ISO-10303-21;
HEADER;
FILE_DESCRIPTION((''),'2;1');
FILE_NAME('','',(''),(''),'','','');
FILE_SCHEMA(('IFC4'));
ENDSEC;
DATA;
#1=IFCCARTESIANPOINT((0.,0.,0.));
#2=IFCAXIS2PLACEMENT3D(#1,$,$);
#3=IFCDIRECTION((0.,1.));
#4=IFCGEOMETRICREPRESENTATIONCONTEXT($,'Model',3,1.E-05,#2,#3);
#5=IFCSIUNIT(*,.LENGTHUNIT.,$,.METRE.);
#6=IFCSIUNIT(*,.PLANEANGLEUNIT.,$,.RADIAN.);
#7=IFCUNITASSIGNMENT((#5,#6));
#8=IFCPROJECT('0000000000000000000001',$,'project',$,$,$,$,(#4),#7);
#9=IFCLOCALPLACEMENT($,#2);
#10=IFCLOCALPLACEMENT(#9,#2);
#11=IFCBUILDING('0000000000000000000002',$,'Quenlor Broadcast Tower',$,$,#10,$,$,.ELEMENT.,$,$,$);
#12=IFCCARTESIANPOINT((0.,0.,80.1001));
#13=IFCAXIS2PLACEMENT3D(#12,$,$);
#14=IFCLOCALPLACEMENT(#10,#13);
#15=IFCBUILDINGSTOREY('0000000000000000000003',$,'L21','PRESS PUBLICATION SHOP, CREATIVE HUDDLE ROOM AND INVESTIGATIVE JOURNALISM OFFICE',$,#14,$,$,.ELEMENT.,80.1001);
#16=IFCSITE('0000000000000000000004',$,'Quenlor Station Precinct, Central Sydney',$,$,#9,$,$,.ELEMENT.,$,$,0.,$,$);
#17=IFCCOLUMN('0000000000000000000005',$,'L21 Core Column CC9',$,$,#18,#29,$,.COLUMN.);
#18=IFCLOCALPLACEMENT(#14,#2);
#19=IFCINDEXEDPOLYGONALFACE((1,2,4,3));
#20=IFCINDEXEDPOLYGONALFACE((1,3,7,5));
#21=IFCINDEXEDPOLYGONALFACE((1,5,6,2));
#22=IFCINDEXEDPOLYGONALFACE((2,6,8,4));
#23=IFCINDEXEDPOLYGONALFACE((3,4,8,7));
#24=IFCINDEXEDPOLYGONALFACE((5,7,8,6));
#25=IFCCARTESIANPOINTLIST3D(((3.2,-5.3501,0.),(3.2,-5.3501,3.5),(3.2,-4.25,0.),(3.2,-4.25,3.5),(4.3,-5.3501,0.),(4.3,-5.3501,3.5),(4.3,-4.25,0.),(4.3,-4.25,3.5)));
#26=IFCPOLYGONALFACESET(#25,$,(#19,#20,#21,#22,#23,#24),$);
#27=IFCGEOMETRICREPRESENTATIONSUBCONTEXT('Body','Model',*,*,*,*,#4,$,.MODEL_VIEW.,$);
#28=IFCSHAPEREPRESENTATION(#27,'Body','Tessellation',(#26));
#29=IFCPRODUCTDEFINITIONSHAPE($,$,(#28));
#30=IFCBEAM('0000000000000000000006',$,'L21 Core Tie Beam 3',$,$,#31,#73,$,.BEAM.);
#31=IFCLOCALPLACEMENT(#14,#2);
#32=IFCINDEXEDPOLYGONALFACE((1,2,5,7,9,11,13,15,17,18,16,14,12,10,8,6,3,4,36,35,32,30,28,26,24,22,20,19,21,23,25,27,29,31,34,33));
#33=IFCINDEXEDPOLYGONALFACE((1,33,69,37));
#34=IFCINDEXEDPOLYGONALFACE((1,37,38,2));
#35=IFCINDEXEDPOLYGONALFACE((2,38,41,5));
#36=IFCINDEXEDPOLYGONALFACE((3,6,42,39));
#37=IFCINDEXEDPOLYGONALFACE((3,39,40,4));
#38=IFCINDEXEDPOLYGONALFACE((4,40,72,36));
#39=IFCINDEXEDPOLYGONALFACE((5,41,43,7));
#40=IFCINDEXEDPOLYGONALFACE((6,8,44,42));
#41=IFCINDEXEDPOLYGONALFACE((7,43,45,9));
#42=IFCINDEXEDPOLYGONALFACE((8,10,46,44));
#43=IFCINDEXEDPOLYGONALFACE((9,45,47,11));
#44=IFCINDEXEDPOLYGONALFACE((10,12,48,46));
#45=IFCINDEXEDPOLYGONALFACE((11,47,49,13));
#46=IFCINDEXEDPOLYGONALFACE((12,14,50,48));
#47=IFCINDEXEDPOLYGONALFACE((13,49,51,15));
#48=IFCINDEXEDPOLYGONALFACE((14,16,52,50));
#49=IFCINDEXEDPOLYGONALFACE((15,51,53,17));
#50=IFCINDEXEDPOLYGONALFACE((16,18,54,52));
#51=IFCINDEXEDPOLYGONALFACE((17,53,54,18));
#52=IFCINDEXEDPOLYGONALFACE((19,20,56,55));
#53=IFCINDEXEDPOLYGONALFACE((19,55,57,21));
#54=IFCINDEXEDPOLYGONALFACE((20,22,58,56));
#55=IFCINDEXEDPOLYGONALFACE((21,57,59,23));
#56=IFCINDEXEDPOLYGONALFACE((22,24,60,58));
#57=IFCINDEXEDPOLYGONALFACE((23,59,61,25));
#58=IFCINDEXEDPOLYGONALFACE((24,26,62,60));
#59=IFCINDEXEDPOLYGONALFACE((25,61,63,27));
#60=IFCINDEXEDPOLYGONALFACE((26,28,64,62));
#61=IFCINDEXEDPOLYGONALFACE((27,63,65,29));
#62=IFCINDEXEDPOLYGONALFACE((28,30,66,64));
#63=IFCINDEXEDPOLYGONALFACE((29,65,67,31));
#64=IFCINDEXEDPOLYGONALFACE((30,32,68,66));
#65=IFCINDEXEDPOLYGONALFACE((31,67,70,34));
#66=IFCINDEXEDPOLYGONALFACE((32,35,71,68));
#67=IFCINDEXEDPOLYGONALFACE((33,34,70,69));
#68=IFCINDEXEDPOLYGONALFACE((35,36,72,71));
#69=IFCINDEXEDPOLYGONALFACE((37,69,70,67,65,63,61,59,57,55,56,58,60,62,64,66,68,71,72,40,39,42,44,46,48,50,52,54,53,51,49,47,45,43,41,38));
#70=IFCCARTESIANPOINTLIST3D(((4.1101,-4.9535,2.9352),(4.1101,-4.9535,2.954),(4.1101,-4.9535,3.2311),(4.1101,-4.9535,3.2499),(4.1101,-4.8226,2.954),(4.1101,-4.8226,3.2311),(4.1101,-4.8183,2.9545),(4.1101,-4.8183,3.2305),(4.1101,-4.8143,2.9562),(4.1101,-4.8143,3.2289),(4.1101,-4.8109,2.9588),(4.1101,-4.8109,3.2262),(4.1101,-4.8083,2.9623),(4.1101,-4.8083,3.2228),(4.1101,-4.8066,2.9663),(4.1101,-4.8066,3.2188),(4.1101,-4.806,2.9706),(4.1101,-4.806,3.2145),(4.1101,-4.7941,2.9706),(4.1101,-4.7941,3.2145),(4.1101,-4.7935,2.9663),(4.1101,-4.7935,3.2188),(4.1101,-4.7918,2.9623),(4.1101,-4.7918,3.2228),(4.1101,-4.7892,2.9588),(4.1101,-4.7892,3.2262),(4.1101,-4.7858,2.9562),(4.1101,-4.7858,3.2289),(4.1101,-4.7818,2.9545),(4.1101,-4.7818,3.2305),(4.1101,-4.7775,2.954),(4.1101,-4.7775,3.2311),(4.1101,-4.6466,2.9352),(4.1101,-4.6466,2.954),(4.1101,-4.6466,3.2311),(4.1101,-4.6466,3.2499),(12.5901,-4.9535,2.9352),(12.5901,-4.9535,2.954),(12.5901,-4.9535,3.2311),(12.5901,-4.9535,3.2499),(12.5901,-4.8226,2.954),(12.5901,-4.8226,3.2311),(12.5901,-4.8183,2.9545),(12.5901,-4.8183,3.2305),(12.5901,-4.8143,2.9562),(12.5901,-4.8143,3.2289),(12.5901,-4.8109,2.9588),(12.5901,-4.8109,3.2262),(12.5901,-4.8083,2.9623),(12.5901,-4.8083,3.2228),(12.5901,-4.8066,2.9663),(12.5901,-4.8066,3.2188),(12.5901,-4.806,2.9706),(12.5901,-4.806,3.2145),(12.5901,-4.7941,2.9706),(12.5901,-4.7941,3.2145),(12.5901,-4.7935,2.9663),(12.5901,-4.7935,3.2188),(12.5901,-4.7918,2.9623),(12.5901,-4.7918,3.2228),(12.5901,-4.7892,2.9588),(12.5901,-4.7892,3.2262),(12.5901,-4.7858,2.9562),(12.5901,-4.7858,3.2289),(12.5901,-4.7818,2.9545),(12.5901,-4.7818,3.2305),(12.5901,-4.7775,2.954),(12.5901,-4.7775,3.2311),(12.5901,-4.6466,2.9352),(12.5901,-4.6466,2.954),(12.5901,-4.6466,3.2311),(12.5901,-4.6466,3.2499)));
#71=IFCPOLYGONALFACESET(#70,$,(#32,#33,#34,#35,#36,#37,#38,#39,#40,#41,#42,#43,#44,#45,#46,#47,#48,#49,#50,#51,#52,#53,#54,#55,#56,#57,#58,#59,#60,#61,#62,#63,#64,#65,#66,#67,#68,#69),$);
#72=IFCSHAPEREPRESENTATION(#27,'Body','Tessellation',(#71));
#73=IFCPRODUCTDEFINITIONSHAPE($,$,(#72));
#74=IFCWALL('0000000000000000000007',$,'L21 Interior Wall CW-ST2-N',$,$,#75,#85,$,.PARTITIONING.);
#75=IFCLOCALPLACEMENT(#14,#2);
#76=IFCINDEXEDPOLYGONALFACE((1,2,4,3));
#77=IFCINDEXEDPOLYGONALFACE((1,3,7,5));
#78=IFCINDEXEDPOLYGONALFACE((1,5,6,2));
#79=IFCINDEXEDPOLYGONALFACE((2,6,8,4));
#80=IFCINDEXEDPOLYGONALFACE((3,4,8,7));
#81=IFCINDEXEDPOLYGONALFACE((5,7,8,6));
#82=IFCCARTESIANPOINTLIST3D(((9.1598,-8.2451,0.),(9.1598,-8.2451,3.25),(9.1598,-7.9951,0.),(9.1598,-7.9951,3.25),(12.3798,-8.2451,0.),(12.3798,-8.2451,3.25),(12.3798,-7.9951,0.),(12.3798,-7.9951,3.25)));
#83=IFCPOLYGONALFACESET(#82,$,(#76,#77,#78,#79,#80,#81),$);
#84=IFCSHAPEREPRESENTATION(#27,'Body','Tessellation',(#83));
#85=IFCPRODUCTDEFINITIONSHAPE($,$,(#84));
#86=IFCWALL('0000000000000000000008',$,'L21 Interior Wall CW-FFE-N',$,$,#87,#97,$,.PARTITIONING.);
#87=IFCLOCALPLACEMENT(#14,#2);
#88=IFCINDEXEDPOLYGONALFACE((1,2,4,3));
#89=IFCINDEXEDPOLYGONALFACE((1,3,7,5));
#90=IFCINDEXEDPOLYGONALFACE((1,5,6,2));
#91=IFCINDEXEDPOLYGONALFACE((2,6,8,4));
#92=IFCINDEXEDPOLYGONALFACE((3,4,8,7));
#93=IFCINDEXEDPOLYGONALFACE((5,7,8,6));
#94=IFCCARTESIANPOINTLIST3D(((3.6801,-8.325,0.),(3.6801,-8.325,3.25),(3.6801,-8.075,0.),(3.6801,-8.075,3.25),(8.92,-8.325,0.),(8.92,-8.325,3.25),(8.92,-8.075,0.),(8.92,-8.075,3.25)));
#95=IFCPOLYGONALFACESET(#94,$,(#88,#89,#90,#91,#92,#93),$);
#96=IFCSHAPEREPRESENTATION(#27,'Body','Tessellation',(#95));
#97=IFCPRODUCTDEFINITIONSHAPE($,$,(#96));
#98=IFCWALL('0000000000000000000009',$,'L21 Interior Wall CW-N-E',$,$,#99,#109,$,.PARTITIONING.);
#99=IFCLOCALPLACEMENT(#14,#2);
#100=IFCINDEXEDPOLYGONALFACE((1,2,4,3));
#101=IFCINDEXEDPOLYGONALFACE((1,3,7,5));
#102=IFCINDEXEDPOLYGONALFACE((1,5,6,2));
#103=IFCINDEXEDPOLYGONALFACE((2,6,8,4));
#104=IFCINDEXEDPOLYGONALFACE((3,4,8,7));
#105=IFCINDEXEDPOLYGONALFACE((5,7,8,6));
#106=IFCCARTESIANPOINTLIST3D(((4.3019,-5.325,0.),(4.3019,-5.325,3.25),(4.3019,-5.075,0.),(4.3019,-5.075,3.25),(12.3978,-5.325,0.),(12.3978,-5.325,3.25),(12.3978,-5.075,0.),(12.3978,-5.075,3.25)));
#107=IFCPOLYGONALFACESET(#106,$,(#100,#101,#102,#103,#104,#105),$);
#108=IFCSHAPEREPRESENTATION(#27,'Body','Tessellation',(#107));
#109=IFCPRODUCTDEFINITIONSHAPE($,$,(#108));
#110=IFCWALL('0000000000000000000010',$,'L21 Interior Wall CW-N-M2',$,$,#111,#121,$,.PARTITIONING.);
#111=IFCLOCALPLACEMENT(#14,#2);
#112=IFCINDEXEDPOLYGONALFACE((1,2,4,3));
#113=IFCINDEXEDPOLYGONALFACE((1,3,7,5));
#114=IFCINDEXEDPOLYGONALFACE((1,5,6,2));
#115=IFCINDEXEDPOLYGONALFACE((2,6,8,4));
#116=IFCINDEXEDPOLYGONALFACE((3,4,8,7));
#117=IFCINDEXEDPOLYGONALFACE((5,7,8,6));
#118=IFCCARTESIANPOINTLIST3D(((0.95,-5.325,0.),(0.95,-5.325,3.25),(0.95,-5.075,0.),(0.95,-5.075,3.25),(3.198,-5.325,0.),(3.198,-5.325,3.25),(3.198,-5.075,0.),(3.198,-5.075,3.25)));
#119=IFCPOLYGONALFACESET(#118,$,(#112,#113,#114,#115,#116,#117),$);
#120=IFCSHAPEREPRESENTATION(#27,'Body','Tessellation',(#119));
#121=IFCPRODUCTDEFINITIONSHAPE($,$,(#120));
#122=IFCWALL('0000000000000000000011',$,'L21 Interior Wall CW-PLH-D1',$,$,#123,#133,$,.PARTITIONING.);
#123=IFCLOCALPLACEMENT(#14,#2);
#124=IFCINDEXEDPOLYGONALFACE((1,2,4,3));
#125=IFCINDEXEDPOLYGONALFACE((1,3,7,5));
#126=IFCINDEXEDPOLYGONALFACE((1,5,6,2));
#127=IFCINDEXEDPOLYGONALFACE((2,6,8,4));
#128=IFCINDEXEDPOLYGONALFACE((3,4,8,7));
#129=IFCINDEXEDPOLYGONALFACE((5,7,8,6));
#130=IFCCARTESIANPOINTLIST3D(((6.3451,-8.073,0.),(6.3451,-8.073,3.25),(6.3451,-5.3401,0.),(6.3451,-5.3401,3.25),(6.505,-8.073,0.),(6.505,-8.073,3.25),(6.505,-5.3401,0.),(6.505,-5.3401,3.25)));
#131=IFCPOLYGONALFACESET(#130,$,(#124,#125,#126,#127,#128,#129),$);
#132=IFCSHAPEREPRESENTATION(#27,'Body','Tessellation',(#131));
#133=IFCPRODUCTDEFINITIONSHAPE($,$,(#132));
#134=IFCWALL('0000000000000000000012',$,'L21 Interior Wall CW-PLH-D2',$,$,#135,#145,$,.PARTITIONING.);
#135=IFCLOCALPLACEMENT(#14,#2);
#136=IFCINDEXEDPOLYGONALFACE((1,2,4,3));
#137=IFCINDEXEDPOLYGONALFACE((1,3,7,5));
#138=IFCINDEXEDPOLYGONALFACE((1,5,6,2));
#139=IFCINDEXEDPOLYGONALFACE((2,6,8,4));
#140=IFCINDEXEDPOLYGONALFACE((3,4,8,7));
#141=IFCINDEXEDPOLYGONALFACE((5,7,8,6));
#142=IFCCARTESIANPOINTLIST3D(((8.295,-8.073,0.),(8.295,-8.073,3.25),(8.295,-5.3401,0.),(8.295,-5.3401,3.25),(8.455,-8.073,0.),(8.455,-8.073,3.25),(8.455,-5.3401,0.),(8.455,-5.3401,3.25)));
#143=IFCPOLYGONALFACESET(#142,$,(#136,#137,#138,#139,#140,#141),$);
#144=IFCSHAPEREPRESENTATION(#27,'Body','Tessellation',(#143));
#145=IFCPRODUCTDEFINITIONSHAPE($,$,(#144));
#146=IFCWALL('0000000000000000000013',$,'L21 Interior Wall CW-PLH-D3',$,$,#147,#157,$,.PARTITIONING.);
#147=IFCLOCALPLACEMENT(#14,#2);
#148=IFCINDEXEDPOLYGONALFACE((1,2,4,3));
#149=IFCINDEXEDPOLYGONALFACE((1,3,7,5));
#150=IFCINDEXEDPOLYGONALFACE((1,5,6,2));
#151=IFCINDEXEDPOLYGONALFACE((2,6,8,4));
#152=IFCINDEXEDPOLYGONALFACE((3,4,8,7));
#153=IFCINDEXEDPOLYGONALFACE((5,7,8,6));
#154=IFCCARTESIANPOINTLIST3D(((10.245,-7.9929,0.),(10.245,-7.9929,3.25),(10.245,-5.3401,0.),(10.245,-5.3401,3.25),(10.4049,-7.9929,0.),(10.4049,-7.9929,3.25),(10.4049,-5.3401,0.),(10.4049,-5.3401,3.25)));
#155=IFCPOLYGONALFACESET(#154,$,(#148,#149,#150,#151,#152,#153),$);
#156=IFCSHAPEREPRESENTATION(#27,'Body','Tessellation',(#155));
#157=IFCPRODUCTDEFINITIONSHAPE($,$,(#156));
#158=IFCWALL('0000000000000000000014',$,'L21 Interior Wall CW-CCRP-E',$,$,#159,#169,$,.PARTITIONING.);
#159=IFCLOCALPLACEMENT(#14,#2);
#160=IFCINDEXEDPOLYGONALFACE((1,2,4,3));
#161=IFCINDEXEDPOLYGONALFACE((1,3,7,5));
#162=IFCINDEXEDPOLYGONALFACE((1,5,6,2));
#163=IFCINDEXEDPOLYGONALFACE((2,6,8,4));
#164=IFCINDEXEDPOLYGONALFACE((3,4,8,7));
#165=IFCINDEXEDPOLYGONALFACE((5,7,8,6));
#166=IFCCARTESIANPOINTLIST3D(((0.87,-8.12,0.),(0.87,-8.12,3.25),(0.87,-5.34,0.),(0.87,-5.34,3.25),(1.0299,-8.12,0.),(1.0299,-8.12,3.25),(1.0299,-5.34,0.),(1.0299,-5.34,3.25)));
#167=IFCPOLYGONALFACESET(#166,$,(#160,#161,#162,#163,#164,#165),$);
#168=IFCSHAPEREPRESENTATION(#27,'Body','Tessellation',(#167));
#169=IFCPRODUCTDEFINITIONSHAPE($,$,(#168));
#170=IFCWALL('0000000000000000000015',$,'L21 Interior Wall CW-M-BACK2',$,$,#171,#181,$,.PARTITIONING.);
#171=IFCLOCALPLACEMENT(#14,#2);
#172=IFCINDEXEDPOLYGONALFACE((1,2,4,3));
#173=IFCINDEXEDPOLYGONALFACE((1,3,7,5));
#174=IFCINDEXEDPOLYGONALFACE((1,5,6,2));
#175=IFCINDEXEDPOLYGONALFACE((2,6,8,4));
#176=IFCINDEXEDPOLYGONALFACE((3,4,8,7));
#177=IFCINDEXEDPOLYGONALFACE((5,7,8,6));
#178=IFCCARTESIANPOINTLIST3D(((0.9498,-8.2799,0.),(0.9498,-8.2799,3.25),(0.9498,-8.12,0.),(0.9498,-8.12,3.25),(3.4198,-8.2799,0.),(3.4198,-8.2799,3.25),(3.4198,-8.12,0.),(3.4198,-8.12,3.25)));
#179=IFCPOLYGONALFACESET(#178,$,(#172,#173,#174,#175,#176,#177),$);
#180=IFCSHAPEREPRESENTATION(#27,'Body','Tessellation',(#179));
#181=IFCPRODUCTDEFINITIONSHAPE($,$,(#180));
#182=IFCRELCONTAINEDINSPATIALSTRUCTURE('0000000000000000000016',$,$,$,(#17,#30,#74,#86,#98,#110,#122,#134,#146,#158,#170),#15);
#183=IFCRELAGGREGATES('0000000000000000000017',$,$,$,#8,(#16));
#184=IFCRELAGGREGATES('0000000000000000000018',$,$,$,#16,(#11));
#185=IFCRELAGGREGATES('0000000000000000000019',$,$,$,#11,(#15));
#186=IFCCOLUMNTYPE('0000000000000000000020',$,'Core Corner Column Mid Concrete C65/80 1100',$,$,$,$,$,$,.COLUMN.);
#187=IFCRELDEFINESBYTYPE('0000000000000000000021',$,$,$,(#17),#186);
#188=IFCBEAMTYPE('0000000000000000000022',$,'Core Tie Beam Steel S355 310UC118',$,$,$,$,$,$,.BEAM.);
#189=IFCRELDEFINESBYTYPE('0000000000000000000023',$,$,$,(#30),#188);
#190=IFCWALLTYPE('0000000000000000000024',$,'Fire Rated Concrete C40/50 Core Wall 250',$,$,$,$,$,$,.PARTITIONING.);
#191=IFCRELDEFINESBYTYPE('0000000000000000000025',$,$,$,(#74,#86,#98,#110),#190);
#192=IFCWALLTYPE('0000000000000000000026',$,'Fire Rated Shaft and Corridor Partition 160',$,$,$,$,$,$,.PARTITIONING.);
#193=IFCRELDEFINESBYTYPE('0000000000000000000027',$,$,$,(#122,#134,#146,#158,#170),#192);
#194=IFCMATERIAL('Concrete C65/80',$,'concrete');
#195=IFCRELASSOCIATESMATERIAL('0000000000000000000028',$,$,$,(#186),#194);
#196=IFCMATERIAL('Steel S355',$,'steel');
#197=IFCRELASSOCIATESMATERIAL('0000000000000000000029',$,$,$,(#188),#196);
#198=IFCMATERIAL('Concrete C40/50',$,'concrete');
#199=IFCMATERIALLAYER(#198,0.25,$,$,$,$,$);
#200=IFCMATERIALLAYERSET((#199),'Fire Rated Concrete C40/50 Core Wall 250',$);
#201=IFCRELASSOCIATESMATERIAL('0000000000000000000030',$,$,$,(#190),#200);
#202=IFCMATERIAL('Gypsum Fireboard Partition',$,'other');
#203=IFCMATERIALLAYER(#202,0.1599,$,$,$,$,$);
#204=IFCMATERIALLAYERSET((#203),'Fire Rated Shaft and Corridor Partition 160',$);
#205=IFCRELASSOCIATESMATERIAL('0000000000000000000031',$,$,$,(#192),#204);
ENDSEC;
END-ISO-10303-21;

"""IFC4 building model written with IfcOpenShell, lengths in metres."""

from ifc_helpers import new_model, si_unit, direction, frame, frame_2d, origin, origin_2d, place, context, subcontext, project, spatial, rectangle, i_section, extrude, material, layer, layer_set, material_profile, profile_set, type_object, element, save


model = new_model("IFC4")

# Units and contexts
model_context = context("Model", 3, precision=1e-05, world=origin(), true_north=direction((0.0, 1.0)))
body_context = subcontext(model_context, "Body", "Model", "MODEL_VIEW")
ifc_project = project(units=[si_unit("LENGTHUNIT", "METRE"), si_unit("PLANEANGLEUNIT", "RADIAN")], contexts=[model_context])

# Site, building, storey
site_placement = place(None, origin())
site = spatial("IfcSite", under=ifc_project, at=site_placement, Name="Quenlor Station Precinct, Central Sydney", CompositionType="ELEMENT", RefElevation=0.0)
building_placement = place(site_placement, origin())
building = spatial("IfcBuilding", under=site, at=building_placement, Name="Quenlor Broadcast Tower", CompositionType="ELEMENT")
storey_placement = place(building_placement, frame((0.0, 0.0, 80.1001)))
storey = spatial("IfcBuildingStorey", under=building, at=storey_placement, Name="L21", Description="PRESS PUBLICATION SHOP, CREATIVE HUDDLE ROOM AND INVESTIGATIVE JOURNALISM OFFICE", CompositionType="ELEMENT", Elevation=80.1001)

# Column
ifc_material_1 = material(Name="Concrete C65/80", Category="concrete")
ifc_material_profile_1 = material_profile(ifc_material_1, rectangle(XDim=1.1001, YDim=1.1001, at=origin_2d()))
ifc_profile_set_1 = profile_set([ifc_material_profile_1], Name="Concrete C65/80 RC1100x1100")
column_type = type_object("IfcColumnType", Name="Core Corner Column Mid Concrete C65/80 1100", PredefinedType="COLUMN", material=ifc_profile_set_1)
column_placement = place(storey_placement, frame((3.75, -4.8, 0.0), z_axis=(0.0, 0.0, 1.0), x_axis=(1.0, 0.0, 0.0)))
element("IfcColumn", 1, at=column_placement, inside=storey, type_object=column_type, Name="L21 Core Column CC9", PredefinedType="COLUMN", context=body_context, shape_type="SweptSolid", body=[
    extrude(rectangle(XDim=1.1001, YDim=1.1001, at=origin_2d()), origin(), (0.0, 0.0, 1.0), 3.5),
])

# Beam
ifc_material_2 = material(Name="Steel S355", Category="steel")
ifc_material_profile_2 = material_profile(ifc_material_2, i_section(OverallWidth=0.3069, OverallDepth=0.3147, WebThickness=0.012, FlangeThickness=0.0188, FilletRadius=0.0166, at=origin_2d()))
ifc_profile_set_2 = profile_set([ifc_material_profile_2], Name="Steel S355 310UC118")
beam_type = type_object("IfcBeamType", Name="Core Tie Beam Steel S355 310UC118", PredefinedType="BEAM", material=ifc_profile_set_2)
beam_placement = place(storey_placement, frame((4.1101, -4.8, 3.0925), z_axis=(1.0, 0.0, 0.0), x_axis=(0.0, 1.0, 0.0)))
element("IfcBeam", 2, at=beam_placement, inside=storey, type_object=beam_type, Name="L21 Core Tie Beam 3", PredefinedType="BEAM", context=body_context, shape_type="SweptSolid", body=[
    extrude(i_section(OverallWidth=0.3069, OverallDepth=0.3147, WebThickness=0.012, FlangeThickness=0.0188, FilletRadius=0.0166, at=origin_2d()), origin(), (0.0, 0.0, 1.0), 8.48),
])

# Walls
ifc_material_3 = material(Name="Concrete C40/50", Category="concrete")
ifc_layer_1 = layer(ifc_material_3, 0.25)
ifc_layer_set_1 = layer_set([ifc_layer_1], Name="Fire Rated Concrete C40/50 Core Wall 250")
wall_type_1 = type_object("IfcWallType", Name="Fire Rated Concrete C40/50 Core Wall 250", PredefinedType="PARTITIONING", material=ifc_layer_set_1)
wall_1_placement = place(storey_placement, frame((9.1599, -8.1201, 0.0), z_axis=(0.0, 0.0, 1.0), x_axis=(1.0, 0.0, 0.0)))
element("IfcWall", 3, at=wall_1_placement, inside=storey, type_object=wall_type_1, Name="L21 Interior Wall CW-ST2-N", PredefinedType="PARTITIONING", context=body_context, shape_type="SweptSolid", body=[
    extrude(rectangle(XDim=3.22, YDim=0.25, at=frame_2d((1.6099, 0.0))), origin(), (0.0, 0.0, 1.0), 3.25),
])
wall_2_placement = place(storey_placement, frame((3.6799, -8.2, 0.0), z_axis=(0.0, 0.0, 1.0), x_axis=(1.0, 0.0, 0.0)))
element("IfcWall", 4, at=wall_2_placement, inside=storey, type_object=wall_type_1, Name="L21 Interior Wall CW-FFE-N", PredefinedType="PARTITIONING", context=body_context, shape_type="SweptSolid", body=[
    extrude(rectangle(XDim=5.24, YDim=0.25, at=frame_2d((2.6201, 0.0))), origin(), (0.0, 0.0, 1.0), 3.25),
])
wall_3_placement = place(storey_placement, frame((4.302, -5.2, 0.0), z_axis=(0.0, 0.0, 1.0), x_axis=(1.0, 0.0, 0.0)))
element("IfcWall", 5, at=wall_3_placement, inside=storey, type_object=wall_type_1, Name="L21 Interior Wall CW-N-E", PredefinedType="PARTITIONING", context=body_context, shape_type="SweptSolid", body=[
    extrude(rectangle(XDim=8.0959, YDim=0.25, at=frame_2d((4.0479, 0.0))), origin(), (0.0, 0.0, 1.0), 3.25),
])
wall_4_placement = place(storey_placement, frame((0.95, -5.2, 0.0), z_axis=(0.0, 0.0, 1.0), x_axis=(1.0, 0.0, 0.0)))
element("IfcWall", 6, at=wall_4_placement, inside=storey, type_object=wall_type_1, Name="L21 Interior Wall CW-N-M2", PredefinedType="PARTITIONING", context=body_context, shape_type="SweptSolid", body=[
    extrude(rectangle(XDim=2.248, YDim=0.25, at=frame_2d((1.124, 0.0))), origin(), (0.0, 0.0, 1.0), 3.25),
])
ifc_material_4 = material(Name="Gypsum Fireboard Partition", Category="other")
ifc_layer_2 = layer(ifc_material_4, 0.1599)
ifc_layer_set_2 = layer_set([ifc_layer_2], Name="Fire Rated Shaft and Corridor Partition 160")
wall_type_2 = type_object("IfcWallType", Name="Fire Rated Shaft and Corridor Partition 160", PredefinedType="PARTITIONING", material=ifc_layer_set_2)
for number, where, z_axis, x_axis, name in (
    (7, (6.425, -8.073, 0.0), (0.0, 0.0, 1.0), (0.0, 1.0, 0.0), "L21 Interior Wall CW-PLH-D1"),
    (8, (8.375, -8.073, 0.0), (0.0, 0.0, 1.0), (0.0, 1.0, 0.0), "L21 Interior Wall CW-PLH-D2"),
):
    element("IfcWall", number, at=place(storey_placement, frame(where, z_axis=z_axis, x_axis=x_axis)), inside=storey, type_object=wall_type_2, Name=name, PredefinedType="PARTITIONING", context=body_context, shape_type="SweptSolid", body=[
        extrude(rectangle(XDim=2.7329, YDim=0.1599, at=frame_2d((1.3665, 0.0))), origin(), (0.0, 0.0, 1.0), 3.25),
    ])
wall_5_placement = place(storey_placement, frame((10.325, -7.9929, 0.0), z_axis=(0.0, 0.0, 1.0), x_axis=(0.0, 1.0, 0.0)))
element("IfcWall", 9, at=wall_5_placement, inside=storey, type_object=wall_type_2, Name="L21 Interior Wall CW-PLH-D3", PredefinedType="PARTITIONING", context=body_context, shape_type="SweptSolid", body=[
    extrude(rectangle(XDim=2.6528, YDim=0.1599, at=frame_2d((1.3264, 0.0))), origin(), (0.0, 0.0, 1.0), 3.25),
])
wall_6_placement = place(storey_placement, frame((0.95, -8.1201, 0.0), z_axis=(0.0, 0.0, 1.0), x_axis=(0.0, 1.0, 0.0)))
element("IfcWall", 10, at=wall_6_placement, inside=storey, type_object=wall_type_2, Name="L21 Interior Wall CW-CCRP-E", PredefinedType="PARTITIONING", context=body_context, shape_type="SweptSolid", body=[
    extrude(rectangle(XDim=2.78, YDim=0.1599, at=frame_2d((1.3901, 0.0))), origin(), (0.0, 0.0, 1.0), 3.25),
])
wall_7_placement = place(storey_placement, frame((0.95, -8.2, 0.0), z_axis=(0.0, 0.0, 1.0), x_axis=(1.0, 0.0, 0.0)))
element("IfcWall", 11, at=wall_7_placement, inside=storey, type_object=wall_type_2, Name="L21 Interior Wall CW-M-BACK2", PredefinedType="PARTITIONING", context=body_context, shape_type="SweptSolid", body=[
    extrude(rectangle(XDim=2.47, YDim=0.1599, at=frame_2d((1.2349, 0.0))), origin(), (0.0, 0.0, 1.0), 3.25),
])

save(model, "model.ifc")
